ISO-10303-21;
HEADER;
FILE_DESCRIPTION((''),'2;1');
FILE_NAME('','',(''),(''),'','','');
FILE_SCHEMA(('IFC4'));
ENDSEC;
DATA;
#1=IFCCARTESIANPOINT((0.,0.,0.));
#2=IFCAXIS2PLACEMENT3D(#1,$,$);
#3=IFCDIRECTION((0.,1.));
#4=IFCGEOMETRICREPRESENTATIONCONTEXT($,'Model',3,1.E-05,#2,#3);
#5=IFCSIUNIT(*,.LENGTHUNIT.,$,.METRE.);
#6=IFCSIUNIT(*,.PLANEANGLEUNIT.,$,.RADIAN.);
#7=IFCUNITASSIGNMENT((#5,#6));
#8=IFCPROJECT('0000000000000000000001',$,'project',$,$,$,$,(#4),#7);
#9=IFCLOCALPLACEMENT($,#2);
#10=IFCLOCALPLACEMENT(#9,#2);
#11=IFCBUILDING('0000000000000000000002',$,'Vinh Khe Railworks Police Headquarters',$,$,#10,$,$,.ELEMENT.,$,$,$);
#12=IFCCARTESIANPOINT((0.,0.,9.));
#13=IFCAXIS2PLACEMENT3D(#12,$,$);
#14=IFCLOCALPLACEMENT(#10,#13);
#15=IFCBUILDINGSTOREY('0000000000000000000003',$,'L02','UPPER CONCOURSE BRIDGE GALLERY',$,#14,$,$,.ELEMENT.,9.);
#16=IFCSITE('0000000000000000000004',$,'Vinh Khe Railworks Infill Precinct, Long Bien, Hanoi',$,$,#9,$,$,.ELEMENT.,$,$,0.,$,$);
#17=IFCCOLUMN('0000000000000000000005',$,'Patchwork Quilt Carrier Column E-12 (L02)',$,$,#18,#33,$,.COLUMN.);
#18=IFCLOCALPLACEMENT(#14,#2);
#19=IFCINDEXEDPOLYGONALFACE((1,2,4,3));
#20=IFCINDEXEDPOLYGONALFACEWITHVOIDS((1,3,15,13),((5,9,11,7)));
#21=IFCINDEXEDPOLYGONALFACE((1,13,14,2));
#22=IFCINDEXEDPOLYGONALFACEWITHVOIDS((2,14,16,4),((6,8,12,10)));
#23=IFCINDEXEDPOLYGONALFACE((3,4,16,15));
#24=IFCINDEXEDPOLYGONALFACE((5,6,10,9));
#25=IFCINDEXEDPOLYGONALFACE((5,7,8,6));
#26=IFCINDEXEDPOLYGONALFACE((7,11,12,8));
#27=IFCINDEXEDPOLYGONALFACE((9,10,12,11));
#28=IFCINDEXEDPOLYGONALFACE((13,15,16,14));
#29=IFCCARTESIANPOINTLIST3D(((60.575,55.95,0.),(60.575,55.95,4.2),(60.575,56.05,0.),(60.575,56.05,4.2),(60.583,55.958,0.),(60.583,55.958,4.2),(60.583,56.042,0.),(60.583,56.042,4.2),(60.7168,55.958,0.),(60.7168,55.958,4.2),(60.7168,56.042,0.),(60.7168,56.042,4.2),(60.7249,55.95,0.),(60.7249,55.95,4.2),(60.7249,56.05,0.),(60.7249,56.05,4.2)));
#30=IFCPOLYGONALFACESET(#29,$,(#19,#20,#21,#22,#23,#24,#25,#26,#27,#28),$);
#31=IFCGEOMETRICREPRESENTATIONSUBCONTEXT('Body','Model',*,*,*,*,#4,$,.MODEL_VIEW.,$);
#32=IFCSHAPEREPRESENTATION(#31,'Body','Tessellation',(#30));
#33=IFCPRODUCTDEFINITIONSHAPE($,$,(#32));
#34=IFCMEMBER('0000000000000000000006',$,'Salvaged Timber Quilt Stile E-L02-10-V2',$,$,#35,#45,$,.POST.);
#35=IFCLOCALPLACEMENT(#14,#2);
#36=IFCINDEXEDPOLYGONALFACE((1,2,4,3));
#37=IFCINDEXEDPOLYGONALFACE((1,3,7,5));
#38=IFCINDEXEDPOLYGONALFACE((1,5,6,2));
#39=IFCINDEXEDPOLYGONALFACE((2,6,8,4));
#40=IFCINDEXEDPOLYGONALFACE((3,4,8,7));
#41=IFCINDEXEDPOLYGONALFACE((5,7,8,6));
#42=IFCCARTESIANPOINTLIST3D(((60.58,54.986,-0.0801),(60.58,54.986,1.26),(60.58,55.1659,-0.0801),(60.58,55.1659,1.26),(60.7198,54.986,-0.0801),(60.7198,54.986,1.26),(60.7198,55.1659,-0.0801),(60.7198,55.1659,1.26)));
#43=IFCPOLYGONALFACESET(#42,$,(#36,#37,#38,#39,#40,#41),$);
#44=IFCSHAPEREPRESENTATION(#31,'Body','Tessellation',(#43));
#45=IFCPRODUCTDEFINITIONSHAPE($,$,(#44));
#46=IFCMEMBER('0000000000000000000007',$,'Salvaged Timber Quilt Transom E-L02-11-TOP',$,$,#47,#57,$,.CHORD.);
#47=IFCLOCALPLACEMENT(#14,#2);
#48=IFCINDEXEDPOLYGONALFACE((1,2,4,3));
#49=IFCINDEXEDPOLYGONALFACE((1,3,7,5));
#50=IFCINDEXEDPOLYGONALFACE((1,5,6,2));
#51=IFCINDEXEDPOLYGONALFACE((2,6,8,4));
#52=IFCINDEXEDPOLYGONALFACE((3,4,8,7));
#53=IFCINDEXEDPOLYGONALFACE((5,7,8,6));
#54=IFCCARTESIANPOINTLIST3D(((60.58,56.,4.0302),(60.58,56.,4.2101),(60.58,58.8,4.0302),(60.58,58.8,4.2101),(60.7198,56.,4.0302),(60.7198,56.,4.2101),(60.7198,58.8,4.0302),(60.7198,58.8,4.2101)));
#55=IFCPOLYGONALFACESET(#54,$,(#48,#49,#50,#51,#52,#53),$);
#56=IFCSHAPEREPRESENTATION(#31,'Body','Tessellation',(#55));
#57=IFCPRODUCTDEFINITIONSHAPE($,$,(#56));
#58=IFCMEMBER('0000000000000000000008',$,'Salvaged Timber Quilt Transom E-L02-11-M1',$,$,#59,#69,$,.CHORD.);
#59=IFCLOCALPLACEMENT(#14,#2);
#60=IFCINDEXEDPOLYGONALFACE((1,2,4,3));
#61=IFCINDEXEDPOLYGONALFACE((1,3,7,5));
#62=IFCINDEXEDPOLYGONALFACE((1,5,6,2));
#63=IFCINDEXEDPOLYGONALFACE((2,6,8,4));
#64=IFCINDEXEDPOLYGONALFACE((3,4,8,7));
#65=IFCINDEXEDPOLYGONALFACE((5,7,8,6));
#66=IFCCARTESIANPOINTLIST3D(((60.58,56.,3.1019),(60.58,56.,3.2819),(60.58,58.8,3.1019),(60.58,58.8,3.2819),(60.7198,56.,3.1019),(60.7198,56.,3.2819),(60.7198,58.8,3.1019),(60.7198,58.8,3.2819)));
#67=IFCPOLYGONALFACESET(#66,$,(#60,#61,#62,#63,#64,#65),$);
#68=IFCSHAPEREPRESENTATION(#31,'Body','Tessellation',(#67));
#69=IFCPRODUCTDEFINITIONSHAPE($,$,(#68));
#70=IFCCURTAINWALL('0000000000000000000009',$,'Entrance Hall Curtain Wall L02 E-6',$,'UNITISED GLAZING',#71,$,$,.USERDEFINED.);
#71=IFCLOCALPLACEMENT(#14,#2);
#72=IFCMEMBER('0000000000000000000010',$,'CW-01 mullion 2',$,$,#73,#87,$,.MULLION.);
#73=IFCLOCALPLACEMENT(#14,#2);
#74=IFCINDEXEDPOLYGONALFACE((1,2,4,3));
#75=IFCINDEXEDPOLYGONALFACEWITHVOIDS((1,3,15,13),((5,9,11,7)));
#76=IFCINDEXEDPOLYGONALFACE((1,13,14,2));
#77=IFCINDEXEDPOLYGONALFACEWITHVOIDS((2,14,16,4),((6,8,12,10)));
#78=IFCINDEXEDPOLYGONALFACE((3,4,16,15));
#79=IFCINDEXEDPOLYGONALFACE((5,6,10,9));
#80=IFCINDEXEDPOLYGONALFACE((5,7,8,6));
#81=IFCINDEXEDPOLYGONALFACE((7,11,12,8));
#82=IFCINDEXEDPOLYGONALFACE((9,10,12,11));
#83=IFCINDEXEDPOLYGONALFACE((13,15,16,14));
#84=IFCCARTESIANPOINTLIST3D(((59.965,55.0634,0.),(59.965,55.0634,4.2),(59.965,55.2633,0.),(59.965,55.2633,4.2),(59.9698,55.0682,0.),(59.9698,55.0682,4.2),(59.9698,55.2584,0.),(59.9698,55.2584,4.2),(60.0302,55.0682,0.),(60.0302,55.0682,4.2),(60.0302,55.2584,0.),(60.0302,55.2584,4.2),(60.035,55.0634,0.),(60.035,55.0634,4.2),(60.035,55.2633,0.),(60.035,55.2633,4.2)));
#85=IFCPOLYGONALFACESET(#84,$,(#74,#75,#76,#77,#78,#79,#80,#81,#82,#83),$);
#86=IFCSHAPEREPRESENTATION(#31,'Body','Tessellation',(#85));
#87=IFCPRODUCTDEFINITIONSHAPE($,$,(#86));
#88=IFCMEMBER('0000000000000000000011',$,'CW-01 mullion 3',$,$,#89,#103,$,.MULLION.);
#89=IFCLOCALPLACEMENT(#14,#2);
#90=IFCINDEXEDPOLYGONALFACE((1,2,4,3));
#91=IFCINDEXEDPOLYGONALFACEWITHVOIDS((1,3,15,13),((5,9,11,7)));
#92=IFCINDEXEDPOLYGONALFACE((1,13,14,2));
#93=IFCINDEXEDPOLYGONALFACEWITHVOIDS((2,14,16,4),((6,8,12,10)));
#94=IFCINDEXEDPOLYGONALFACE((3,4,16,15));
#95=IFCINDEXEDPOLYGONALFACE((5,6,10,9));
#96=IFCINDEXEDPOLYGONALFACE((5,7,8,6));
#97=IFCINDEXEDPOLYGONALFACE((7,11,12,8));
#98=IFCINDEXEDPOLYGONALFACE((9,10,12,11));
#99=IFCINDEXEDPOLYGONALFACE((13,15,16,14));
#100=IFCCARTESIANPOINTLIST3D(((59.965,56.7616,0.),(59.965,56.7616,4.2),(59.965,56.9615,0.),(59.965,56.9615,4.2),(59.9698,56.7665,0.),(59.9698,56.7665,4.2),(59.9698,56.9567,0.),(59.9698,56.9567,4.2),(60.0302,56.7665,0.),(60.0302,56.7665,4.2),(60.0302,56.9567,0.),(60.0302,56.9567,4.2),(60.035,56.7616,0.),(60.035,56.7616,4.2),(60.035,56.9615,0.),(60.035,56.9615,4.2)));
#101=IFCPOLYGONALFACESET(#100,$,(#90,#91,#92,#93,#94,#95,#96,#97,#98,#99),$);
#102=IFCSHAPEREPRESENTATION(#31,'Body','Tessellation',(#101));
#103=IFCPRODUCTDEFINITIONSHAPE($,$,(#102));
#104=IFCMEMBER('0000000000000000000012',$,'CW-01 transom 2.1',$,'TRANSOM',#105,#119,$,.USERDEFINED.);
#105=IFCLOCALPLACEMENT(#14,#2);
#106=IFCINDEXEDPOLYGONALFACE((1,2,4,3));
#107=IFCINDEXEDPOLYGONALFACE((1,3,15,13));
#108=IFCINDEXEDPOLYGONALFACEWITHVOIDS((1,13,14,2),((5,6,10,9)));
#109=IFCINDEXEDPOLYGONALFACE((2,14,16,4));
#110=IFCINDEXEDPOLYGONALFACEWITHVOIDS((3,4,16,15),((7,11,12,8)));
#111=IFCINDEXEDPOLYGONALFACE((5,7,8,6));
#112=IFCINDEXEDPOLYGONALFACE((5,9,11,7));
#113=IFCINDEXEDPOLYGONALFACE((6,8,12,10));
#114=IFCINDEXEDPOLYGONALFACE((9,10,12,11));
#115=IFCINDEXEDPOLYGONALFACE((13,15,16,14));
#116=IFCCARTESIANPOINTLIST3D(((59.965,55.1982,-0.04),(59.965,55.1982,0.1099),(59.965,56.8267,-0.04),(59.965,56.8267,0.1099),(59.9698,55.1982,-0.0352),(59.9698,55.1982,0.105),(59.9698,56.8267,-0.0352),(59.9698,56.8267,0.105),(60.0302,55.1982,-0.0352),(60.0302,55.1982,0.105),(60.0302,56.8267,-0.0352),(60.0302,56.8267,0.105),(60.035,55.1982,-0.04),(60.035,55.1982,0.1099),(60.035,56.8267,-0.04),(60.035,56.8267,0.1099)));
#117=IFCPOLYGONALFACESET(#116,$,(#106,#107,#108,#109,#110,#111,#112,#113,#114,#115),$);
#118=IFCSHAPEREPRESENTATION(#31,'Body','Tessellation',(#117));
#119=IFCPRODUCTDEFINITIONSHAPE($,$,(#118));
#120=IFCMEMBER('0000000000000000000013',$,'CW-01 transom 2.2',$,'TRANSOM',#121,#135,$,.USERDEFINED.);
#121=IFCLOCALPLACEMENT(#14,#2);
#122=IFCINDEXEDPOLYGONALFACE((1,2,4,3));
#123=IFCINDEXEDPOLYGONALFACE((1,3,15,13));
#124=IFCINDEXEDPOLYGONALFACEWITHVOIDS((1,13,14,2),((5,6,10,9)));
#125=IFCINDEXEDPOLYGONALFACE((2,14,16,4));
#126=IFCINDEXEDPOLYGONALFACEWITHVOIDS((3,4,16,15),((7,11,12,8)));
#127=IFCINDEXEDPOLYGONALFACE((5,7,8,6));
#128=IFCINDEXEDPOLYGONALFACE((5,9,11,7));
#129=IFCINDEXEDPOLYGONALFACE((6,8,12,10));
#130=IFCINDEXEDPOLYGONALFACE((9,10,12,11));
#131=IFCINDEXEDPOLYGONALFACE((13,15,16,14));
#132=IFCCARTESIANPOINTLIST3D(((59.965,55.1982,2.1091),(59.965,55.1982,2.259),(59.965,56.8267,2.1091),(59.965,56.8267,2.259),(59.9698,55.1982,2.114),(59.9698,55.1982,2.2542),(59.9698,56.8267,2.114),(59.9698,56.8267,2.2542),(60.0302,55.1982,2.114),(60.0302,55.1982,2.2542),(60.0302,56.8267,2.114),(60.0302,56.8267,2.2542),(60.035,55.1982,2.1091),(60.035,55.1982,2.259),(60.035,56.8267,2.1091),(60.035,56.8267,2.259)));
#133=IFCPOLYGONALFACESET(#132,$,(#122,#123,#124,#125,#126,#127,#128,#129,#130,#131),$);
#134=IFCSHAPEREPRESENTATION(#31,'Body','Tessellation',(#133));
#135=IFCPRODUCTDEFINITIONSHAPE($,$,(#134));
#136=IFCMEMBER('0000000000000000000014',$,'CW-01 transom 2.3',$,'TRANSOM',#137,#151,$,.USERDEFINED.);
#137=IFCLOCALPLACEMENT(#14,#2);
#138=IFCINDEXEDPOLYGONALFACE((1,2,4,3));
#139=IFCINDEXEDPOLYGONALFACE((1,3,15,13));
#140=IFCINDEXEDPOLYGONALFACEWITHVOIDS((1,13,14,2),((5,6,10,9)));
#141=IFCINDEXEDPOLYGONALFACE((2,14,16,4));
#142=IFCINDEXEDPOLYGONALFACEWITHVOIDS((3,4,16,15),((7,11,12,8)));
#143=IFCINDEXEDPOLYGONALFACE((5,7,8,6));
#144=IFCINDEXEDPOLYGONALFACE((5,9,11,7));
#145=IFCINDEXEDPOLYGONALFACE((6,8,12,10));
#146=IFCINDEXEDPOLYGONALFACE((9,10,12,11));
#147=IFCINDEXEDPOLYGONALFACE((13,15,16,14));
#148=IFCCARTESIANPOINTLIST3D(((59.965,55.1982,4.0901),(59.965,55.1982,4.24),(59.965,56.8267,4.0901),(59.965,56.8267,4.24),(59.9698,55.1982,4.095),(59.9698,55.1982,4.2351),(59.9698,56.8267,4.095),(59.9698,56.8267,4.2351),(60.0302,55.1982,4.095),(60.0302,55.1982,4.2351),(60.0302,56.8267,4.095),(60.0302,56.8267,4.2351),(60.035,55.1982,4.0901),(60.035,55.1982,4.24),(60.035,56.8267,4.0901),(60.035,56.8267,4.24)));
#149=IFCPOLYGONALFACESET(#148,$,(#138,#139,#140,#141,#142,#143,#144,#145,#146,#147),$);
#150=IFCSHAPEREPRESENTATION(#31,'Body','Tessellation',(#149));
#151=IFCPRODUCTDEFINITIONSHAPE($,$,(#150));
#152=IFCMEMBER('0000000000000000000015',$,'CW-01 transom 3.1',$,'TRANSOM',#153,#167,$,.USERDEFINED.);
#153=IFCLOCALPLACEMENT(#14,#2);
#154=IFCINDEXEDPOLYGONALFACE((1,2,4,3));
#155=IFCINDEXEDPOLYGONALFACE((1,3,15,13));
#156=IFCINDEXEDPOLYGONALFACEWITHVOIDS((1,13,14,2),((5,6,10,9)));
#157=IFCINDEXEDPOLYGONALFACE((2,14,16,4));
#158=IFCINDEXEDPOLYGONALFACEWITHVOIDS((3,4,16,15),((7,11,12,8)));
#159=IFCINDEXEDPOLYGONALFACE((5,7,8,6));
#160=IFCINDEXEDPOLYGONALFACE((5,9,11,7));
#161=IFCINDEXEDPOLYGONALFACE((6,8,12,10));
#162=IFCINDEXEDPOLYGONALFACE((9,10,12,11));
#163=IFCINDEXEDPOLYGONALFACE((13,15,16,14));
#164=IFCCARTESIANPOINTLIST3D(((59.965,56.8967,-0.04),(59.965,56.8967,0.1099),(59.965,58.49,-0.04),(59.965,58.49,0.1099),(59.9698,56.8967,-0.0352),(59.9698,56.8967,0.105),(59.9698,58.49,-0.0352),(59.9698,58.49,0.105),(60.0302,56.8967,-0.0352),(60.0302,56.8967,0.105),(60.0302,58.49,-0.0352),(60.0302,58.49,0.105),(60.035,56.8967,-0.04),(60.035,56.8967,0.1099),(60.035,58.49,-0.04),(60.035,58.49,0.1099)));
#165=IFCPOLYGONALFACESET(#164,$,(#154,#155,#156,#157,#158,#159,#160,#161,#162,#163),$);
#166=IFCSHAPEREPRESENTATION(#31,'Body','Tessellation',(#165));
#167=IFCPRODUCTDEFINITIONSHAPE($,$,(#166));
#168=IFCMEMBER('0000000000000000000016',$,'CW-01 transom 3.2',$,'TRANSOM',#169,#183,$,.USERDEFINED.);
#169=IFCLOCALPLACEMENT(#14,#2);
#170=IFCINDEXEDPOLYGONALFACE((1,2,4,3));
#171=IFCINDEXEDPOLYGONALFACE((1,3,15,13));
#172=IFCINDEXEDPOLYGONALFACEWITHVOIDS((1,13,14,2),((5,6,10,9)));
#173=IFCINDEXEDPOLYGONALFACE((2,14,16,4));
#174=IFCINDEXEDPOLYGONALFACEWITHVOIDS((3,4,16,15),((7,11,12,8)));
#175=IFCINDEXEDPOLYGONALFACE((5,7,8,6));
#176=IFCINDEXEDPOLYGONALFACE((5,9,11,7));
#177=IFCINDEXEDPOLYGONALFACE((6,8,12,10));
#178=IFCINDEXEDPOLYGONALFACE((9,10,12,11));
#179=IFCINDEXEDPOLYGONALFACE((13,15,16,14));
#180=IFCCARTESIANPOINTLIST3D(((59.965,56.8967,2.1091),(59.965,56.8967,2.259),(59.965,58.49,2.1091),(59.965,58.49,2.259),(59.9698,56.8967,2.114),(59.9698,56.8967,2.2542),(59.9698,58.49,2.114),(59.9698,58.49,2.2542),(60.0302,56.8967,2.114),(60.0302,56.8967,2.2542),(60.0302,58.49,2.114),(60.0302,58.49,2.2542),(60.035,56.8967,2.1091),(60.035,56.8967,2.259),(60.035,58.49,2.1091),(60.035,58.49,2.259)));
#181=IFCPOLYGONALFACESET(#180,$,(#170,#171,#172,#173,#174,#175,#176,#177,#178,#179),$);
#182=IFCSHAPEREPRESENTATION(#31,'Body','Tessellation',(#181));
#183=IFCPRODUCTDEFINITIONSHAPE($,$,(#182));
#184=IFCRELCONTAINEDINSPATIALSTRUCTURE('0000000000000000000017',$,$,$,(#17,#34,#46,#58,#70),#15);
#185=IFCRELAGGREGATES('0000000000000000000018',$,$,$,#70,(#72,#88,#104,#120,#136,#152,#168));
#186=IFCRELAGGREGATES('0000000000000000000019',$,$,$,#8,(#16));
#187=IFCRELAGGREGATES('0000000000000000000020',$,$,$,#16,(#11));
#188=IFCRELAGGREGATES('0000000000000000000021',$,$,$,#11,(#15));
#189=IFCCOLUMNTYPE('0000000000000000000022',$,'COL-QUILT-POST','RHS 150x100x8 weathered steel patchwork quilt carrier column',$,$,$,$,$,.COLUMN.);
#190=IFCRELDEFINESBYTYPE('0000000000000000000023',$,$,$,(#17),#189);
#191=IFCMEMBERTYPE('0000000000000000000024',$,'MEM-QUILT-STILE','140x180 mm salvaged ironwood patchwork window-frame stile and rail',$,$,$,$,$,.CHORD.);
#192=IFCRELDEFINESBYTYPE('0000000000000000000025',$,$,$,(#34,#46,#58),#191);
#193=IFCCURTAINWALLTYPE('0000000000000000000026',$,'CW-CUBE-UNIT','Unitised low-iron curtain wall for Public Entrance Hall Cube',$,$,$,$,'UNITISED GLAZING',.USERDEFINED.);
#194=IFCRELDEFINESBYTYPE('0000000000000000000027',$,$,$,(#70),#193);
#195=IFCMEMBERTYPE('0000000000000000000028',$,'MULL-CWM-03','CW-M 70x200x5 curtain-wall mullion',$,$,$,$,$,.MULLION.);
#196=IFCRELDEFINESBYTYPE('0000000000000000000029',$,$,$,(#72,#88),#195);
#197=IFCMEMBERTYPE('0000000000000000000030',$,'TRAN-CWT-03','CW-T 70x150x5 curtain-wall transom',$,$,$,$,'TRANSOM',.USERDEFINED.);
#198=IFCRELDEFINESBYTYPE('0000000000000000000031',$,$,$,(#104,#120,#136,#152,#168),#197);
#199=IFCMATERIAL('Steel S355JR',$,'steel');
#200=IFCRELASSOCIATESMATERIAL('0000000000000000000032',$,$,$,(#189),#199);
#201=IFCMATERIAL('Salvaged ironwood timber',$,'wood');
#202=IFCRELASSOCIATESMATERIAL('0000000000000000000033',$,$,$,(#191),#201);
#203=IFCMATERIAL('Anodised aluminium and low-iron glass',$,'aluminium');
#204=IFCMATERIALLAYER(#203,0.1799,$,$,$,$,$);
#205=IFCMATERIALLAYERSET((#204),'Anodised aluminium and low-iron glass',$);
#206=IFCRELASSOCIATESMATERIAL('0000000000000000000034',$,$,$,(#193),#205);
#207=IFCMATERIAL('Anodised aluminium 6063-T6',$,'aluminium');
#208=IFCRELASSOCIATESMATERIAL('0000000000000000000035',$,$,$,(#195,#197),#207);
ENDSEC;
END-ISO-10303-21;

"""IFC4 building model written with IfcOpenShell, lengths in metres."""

from ifc_helpers import new_model, si_unit, direction, frame, origin, origin_2d, place, context, subcontext, project, spatial, rectangle, hollow_rectangle, extrude, material, layer, layer_set, material_profile, profile_set, type_object, element, aggregate, save


model = new_model("IFC4")

# Units and contexts
model_context = context("Model", 3, precision=1e-05, world=origin(), true_north=direction((0.0, 1.0)))
body_context = subcontext(model_context, "Body", "Model", "MODEL_VIEW")
ifc_project = project(units=[si_unit("LENGTHUNIT", "METRE"), si_unit("PLANEANGLEUNIT", "RADIAN")], contexts=[model_context])

# Site, building, storey
site_placement = place(None, origin())
site = spatial("IfcSite", under=ifc_project, at=site_placement, Name="Vinh Khe Railworks Infill Precinct, Long Bien, Hanoi", CompositionType="ELEMENT", RefElevation=0.0)
building_placement = place(site_placement, origin())
building = spatial("IfcBuilding", under=site, at=building_placement, Name="Vinh Khe Railworks Police Headquarters", CompositionType="ELEMENT")
storey_placement = place(building_placement, frame((0.0, 0.0, 9.0)))
storey = spatial("IfcBuildingStorey", under=building, at=storey_placement, Name="L02", Description="UPPER CONCOURSE BRIDGE GALLERY", CompositionType="ELEMENT", Elevation=9.0)

# Column
ifc_material_1 = material(Name="Steel S355JR", Category="steel")
ifc_material_profile_1 = material_profile(ifc_material_1, hollow_rectangle(XDim=0.1499, YDim=0.1001, WallThickness=0.0081, at=origin_2d()), Name="RHS 150x100x8")
ifc_profile_set_1 = profile_set([ifc_material_profile_1], Name="Steel S355JR")
column_type = type_object("IfcColumnType", Name="COL-QUILT-POST", Description="RHS 150x100x8 weathered steel patchwork quilt carrier column", PredefinedType="COLUMN", material=ifc_profile_set_1)
column_placement = place(storey_placement, frame((60.6499, 56.0, 0.0), z_axis=(0.0, 0.0, 1.0), x_axis=(1.0, 0.0, 0.0)))
element("IfcColumn", 1, at=column_placement, inside=storey, type_object=column_type, Name="Patchwork Quilt Carrier Column E-12 (L02)", PredefinedType="COLUMN", context=body_context, shape_type="SweptSolid", body=[
    extrude(hollow_rectangle(XDim=0.1499, YDim=0.1001, WallThickness=0.0081, at=origin_2d()), origin(), (0.0, 0.0, 1.0), 4.2),
])

# Members
ifc_material_2 = material(Name="Salvaged ironwood timber", Category="wood")
ifc_material_profile_2 = material_profile(ifc_material_2, rectangle(XDim=0.1399, YDim=0.1799, at=origin_2d()), Name="TIMBER 140x180")
ifc_profile_set_2 = profile_set([ifc_material_profile_2], Name="Salvaged ironwood timber")
member_type_1 = type_object("IfcMemberType", Name="MEM-QUILT-STILE", Description="140x180 mm salvaged ironwood patchwork window-frame stile and rail", PredefinedType="CHORD", material=ifc_profile_set_2)
member_1_placement = place(storey_placement, frame((60.6499, 55.0759, -0.0801), z_axis=(0.0, 0.0, 1.0), x_axis=(1.0, 0.0, 0.0)))
element("IfcMember", 2, at=member_1_placement, inside=storey, type_object=member_type_1, Name="Salvaged Timber Quilt Stile E-L02-10-V2", PredefinedType="POST", context=body_context, shape_type="SweptSolid", body=[
    extrude(rectangle(XDim=0.1399, YDim=0.1799, at=origin_2d()), origin(), (0.0, 0.0, 1.0), 1.3401),
])
for number, where, z_axis, x_axis, name in (
    (3, (60.6499, 56.0, 4.1201), (0.0, 1.0, 0.0), (-1.0, 0.0, 0.0), "Salvaged Timber Quilt Transom E-L02-11-TOP"),
    (4, (60.6499, 56.0, 3.1919), (0.0, 1.0, 0.0), (-1.0, 0.0, 0.0), "Salvaged Timber Quilt Transom E-L02-11-M1"),
):
    element("IfcMember", number, at=place(storey_placement, frame(where, z_axis=z_axis, x_axis=x_axis)), inside=storey, type_object=member_type_1, Name=name, PredefinedType="CHORD", context=body_context, shape_type="SweptSolid", body=[
        extrude(rectangle(XDim=0.1399, YDim=0.1799, at=origin_2d()), origin(), (0.0, 0.0, 1.0), 2.8),
    ])

# Curtain wall, members
ifc_material_3 = material(Name="Anodised aluminium and low-iron glass", Category="aluminium")
ifc_layer_1 = layer(ifc_material_3, 0.1799)
ifc_layer_set_1 = layer_set([ifc_layer_1], Name="Anodised aluminium and low-iron glass")
curtain_wall_type = type_object("IfcCurtainWallType", Name="CW-CUBE-UNIT", Description="Unitised low-iron curtain wall for Public Entrance Hall Cube", ElementType="UNITISED GLAZING", PredefinedType="USERDEFINED", material=ifc_layer_set_1)
curtain_wall_placement = place(storey_placement, origin())
curtain_wall = element("IfcCurtainWall", 5, at=curtain_wall_placement, inside=storey, type_object=curtain_wall_type, Name="Entrance Hall Curtain Wall L02 E-6", ObjectType="UNITISED GLAZING", PredefinedType="USERDEFINED")
ifc_material_4 = material(Name="Anodised aluminium 6063-T6", Category="aluminium")
ifc_material_profile_3 = material_profile(ifc_material_4, hollow_rectangle(XDim=0.0701, YDim=0.2, WallThickness=0.0049, at=origin_2d()), Name="CW-M 70x200x5")
ifc_profile_set_3 = profile_set([ifc_material_profile_3], Name="Anodised aluminium 6063-T6")
member_type_2 = type_object("IfcMemberType", Name="MULL-CWM-03", Description="CW-M 70x200x5 curtain-wall mullion", PredefinedType="MULLION", material=ifc_profile_set_3)
member_2_placement = place(storey_placement, frame((60.0, 55.1633, 0.0), z_axis=(0.0, 0.0, 1.0), x_axis=(-1.0, 0.0, 0.0)))
member_2 = element("IfcMember", 6, at=member_2_placement, type_object=member_type_2, Name="CW-01 mullion 2", PredefinedType="MULLION", context=body_context, shape_type="SweptSolid", body=[
    extrude(hollow_rectangle(XDim=0.0701, YDim=0.2, WallThickness=0.0049, at=origin_2d()), origin(), (0.0, 0.0, 1.0), 4.2),
])
member_3_placement = place(storey_placement, frame((60.0, 56.8616, 0.0), z_axis=(0.0, 0.0, 1.0), x_axis=(-1.0, 0.0, 0.0)))
member_3 = element("IfcMember", 7, at=member_3_placement, type_object=member_type_2, Name="CW-01 mullion 3", PredefinedType="MULLION", context=body_context, shape_type="SweptSolid", body=[
    extrude(hollow_rectangle(XDim=0.0701, YDim=0.2, WallThickness=0.0049, at=origin_2d()), origin(), (0.0, 0.0, 1.0), 4.2),
])
ifc_material_profile_4 = material_profile(ifc_material_4, hollow_rectangle(XDim=0.0701, YDim=0.1499, WallThickness=0.0049, at=origin_2d()), Name="CW-T 70x150x5")
ifc_profile_set_4 = profile_set([ifc_material_profile_4], Name="Anodised aluminium 6063-T6")
member_type_3 = type_object("IfcMemberType", Name="TRAN-CWT-03", Description="CW-T 70x150x5 curtain-wall transom", ElementType="TRANSOM", PredefinedType="USERDEFINED", material=ifc_profile_set_4)
member_4_placement = place(storey_placement, frame((60.0, 55.1982, 0.0349), z_axis=(0.0, 1.0, 0.0), x_axis=(-1.0, 0.0, 0.0)))
member_4 = element("IfcMember", 8, at=member_4_placement, type_object=member_type_3, Name="CW-01 transom 2.1", ObjectType="TRANSOM", PredefinedType="USERDEFINED", context=body_context, shape_type="SweptSolid", body=[
    extrude(hollow_rectangle(XDim=0.0701, YDim=0.1499, WallThickness=0.0049, at=origin_2d()), origin(), (0.0, 0.0, 1.0), 1.6284),
])
member_5_placement = place(storey_placement, frame((60.0, 55.1982, 2.1841), z_axis=(0.0, 1.0, 0.0), x_axis=(-1.0, 0.0, 0.0)))
member_5 = element("IfcMember", 9, at=member_5_placement, type_object=member_type_3, Name="CW-01 transom 2.2", ObjectType="TRANSOM", PredefinedType="USERDEFINED", context=body_context, shape_type="SweptSolid", body=[
    extrude(hollow_rectangle(XDim=0.0701, YDim=0.1499, WallThickness=0.0049, at=origin_2d()), origin(), (0.0, 0.0, 1.0), 1.6284),
])
member_6_placement = place(storey_placement, frame((60.0, 55.1982, 4.165), z_axis=(0.0, 1.0, 0.0), x_axis=(-1.0, 0.0, 0.0)))
member_6 = element("IfcMember", 10, at=member_6_placement, type_object=member_type_3, Name="CW-01 transom 2.3", ObjectType="TRANSOM", PredefinedType="USERDEFINED", context=body_context, shape_type="SweptSolid", body=[
    extrude(hollow_rectangle(XDim=0.0701, YDim=0.1499, WallThickness=0.0049, at=origin_2d()), origin(), (0.0, 0.0, 1.0), 1.6284),
])
member_7_placement = place(storey_placement, frame((60.0, 56.8967, 0.0349), z_axis=(0.0, 1.0, 0.0), x_axis=(-1.0, 0.0, 0.0)))
member_7 = element("IfcMember", 11, at=member_7_placement, type_object=member_type_3, Name="CW-01 transom 3.1", ObjectType="TRANSOM", PredefinedType="USERDEFINED", context=body_context, shape_type="SweptSolid", body=[
    extrude(hollow_rectangle(XDim=0.0701, YDim=0.1499, WallThickness=0.0049, at=origin_2d()), origin(), (0.0, 0.0, 1.0), 1.5933),
])
member_8_placement = place(storey_placement, frame((60.0, 56.8967, 2.1841), z_axis=(0.0, 1.0, 0.0), x_axis=(-1.0, 0.0, 0.0)))
member_8 = element("IfcMember", 12, at=member_8_placement, type_object=member_type_3, Name="CW-01 transom 3.2", ObjectType="TRANSOM", PredefinedType="USERDEFINED", context=body_context, shape_type="SweptSolid", body=[
    extrude(hollow_rectangle(XDim=0.0701, YDim=0.1499, WallThickness=0.0049, at=origin_2d()), origin(), (0.0, 0.0, 1.0), 1.5933),
])
aggregate(curtain_wall, [member_2, member_3, member_4, member_5, member_6, member_7, member_8])

save(model, "model.ifc")
